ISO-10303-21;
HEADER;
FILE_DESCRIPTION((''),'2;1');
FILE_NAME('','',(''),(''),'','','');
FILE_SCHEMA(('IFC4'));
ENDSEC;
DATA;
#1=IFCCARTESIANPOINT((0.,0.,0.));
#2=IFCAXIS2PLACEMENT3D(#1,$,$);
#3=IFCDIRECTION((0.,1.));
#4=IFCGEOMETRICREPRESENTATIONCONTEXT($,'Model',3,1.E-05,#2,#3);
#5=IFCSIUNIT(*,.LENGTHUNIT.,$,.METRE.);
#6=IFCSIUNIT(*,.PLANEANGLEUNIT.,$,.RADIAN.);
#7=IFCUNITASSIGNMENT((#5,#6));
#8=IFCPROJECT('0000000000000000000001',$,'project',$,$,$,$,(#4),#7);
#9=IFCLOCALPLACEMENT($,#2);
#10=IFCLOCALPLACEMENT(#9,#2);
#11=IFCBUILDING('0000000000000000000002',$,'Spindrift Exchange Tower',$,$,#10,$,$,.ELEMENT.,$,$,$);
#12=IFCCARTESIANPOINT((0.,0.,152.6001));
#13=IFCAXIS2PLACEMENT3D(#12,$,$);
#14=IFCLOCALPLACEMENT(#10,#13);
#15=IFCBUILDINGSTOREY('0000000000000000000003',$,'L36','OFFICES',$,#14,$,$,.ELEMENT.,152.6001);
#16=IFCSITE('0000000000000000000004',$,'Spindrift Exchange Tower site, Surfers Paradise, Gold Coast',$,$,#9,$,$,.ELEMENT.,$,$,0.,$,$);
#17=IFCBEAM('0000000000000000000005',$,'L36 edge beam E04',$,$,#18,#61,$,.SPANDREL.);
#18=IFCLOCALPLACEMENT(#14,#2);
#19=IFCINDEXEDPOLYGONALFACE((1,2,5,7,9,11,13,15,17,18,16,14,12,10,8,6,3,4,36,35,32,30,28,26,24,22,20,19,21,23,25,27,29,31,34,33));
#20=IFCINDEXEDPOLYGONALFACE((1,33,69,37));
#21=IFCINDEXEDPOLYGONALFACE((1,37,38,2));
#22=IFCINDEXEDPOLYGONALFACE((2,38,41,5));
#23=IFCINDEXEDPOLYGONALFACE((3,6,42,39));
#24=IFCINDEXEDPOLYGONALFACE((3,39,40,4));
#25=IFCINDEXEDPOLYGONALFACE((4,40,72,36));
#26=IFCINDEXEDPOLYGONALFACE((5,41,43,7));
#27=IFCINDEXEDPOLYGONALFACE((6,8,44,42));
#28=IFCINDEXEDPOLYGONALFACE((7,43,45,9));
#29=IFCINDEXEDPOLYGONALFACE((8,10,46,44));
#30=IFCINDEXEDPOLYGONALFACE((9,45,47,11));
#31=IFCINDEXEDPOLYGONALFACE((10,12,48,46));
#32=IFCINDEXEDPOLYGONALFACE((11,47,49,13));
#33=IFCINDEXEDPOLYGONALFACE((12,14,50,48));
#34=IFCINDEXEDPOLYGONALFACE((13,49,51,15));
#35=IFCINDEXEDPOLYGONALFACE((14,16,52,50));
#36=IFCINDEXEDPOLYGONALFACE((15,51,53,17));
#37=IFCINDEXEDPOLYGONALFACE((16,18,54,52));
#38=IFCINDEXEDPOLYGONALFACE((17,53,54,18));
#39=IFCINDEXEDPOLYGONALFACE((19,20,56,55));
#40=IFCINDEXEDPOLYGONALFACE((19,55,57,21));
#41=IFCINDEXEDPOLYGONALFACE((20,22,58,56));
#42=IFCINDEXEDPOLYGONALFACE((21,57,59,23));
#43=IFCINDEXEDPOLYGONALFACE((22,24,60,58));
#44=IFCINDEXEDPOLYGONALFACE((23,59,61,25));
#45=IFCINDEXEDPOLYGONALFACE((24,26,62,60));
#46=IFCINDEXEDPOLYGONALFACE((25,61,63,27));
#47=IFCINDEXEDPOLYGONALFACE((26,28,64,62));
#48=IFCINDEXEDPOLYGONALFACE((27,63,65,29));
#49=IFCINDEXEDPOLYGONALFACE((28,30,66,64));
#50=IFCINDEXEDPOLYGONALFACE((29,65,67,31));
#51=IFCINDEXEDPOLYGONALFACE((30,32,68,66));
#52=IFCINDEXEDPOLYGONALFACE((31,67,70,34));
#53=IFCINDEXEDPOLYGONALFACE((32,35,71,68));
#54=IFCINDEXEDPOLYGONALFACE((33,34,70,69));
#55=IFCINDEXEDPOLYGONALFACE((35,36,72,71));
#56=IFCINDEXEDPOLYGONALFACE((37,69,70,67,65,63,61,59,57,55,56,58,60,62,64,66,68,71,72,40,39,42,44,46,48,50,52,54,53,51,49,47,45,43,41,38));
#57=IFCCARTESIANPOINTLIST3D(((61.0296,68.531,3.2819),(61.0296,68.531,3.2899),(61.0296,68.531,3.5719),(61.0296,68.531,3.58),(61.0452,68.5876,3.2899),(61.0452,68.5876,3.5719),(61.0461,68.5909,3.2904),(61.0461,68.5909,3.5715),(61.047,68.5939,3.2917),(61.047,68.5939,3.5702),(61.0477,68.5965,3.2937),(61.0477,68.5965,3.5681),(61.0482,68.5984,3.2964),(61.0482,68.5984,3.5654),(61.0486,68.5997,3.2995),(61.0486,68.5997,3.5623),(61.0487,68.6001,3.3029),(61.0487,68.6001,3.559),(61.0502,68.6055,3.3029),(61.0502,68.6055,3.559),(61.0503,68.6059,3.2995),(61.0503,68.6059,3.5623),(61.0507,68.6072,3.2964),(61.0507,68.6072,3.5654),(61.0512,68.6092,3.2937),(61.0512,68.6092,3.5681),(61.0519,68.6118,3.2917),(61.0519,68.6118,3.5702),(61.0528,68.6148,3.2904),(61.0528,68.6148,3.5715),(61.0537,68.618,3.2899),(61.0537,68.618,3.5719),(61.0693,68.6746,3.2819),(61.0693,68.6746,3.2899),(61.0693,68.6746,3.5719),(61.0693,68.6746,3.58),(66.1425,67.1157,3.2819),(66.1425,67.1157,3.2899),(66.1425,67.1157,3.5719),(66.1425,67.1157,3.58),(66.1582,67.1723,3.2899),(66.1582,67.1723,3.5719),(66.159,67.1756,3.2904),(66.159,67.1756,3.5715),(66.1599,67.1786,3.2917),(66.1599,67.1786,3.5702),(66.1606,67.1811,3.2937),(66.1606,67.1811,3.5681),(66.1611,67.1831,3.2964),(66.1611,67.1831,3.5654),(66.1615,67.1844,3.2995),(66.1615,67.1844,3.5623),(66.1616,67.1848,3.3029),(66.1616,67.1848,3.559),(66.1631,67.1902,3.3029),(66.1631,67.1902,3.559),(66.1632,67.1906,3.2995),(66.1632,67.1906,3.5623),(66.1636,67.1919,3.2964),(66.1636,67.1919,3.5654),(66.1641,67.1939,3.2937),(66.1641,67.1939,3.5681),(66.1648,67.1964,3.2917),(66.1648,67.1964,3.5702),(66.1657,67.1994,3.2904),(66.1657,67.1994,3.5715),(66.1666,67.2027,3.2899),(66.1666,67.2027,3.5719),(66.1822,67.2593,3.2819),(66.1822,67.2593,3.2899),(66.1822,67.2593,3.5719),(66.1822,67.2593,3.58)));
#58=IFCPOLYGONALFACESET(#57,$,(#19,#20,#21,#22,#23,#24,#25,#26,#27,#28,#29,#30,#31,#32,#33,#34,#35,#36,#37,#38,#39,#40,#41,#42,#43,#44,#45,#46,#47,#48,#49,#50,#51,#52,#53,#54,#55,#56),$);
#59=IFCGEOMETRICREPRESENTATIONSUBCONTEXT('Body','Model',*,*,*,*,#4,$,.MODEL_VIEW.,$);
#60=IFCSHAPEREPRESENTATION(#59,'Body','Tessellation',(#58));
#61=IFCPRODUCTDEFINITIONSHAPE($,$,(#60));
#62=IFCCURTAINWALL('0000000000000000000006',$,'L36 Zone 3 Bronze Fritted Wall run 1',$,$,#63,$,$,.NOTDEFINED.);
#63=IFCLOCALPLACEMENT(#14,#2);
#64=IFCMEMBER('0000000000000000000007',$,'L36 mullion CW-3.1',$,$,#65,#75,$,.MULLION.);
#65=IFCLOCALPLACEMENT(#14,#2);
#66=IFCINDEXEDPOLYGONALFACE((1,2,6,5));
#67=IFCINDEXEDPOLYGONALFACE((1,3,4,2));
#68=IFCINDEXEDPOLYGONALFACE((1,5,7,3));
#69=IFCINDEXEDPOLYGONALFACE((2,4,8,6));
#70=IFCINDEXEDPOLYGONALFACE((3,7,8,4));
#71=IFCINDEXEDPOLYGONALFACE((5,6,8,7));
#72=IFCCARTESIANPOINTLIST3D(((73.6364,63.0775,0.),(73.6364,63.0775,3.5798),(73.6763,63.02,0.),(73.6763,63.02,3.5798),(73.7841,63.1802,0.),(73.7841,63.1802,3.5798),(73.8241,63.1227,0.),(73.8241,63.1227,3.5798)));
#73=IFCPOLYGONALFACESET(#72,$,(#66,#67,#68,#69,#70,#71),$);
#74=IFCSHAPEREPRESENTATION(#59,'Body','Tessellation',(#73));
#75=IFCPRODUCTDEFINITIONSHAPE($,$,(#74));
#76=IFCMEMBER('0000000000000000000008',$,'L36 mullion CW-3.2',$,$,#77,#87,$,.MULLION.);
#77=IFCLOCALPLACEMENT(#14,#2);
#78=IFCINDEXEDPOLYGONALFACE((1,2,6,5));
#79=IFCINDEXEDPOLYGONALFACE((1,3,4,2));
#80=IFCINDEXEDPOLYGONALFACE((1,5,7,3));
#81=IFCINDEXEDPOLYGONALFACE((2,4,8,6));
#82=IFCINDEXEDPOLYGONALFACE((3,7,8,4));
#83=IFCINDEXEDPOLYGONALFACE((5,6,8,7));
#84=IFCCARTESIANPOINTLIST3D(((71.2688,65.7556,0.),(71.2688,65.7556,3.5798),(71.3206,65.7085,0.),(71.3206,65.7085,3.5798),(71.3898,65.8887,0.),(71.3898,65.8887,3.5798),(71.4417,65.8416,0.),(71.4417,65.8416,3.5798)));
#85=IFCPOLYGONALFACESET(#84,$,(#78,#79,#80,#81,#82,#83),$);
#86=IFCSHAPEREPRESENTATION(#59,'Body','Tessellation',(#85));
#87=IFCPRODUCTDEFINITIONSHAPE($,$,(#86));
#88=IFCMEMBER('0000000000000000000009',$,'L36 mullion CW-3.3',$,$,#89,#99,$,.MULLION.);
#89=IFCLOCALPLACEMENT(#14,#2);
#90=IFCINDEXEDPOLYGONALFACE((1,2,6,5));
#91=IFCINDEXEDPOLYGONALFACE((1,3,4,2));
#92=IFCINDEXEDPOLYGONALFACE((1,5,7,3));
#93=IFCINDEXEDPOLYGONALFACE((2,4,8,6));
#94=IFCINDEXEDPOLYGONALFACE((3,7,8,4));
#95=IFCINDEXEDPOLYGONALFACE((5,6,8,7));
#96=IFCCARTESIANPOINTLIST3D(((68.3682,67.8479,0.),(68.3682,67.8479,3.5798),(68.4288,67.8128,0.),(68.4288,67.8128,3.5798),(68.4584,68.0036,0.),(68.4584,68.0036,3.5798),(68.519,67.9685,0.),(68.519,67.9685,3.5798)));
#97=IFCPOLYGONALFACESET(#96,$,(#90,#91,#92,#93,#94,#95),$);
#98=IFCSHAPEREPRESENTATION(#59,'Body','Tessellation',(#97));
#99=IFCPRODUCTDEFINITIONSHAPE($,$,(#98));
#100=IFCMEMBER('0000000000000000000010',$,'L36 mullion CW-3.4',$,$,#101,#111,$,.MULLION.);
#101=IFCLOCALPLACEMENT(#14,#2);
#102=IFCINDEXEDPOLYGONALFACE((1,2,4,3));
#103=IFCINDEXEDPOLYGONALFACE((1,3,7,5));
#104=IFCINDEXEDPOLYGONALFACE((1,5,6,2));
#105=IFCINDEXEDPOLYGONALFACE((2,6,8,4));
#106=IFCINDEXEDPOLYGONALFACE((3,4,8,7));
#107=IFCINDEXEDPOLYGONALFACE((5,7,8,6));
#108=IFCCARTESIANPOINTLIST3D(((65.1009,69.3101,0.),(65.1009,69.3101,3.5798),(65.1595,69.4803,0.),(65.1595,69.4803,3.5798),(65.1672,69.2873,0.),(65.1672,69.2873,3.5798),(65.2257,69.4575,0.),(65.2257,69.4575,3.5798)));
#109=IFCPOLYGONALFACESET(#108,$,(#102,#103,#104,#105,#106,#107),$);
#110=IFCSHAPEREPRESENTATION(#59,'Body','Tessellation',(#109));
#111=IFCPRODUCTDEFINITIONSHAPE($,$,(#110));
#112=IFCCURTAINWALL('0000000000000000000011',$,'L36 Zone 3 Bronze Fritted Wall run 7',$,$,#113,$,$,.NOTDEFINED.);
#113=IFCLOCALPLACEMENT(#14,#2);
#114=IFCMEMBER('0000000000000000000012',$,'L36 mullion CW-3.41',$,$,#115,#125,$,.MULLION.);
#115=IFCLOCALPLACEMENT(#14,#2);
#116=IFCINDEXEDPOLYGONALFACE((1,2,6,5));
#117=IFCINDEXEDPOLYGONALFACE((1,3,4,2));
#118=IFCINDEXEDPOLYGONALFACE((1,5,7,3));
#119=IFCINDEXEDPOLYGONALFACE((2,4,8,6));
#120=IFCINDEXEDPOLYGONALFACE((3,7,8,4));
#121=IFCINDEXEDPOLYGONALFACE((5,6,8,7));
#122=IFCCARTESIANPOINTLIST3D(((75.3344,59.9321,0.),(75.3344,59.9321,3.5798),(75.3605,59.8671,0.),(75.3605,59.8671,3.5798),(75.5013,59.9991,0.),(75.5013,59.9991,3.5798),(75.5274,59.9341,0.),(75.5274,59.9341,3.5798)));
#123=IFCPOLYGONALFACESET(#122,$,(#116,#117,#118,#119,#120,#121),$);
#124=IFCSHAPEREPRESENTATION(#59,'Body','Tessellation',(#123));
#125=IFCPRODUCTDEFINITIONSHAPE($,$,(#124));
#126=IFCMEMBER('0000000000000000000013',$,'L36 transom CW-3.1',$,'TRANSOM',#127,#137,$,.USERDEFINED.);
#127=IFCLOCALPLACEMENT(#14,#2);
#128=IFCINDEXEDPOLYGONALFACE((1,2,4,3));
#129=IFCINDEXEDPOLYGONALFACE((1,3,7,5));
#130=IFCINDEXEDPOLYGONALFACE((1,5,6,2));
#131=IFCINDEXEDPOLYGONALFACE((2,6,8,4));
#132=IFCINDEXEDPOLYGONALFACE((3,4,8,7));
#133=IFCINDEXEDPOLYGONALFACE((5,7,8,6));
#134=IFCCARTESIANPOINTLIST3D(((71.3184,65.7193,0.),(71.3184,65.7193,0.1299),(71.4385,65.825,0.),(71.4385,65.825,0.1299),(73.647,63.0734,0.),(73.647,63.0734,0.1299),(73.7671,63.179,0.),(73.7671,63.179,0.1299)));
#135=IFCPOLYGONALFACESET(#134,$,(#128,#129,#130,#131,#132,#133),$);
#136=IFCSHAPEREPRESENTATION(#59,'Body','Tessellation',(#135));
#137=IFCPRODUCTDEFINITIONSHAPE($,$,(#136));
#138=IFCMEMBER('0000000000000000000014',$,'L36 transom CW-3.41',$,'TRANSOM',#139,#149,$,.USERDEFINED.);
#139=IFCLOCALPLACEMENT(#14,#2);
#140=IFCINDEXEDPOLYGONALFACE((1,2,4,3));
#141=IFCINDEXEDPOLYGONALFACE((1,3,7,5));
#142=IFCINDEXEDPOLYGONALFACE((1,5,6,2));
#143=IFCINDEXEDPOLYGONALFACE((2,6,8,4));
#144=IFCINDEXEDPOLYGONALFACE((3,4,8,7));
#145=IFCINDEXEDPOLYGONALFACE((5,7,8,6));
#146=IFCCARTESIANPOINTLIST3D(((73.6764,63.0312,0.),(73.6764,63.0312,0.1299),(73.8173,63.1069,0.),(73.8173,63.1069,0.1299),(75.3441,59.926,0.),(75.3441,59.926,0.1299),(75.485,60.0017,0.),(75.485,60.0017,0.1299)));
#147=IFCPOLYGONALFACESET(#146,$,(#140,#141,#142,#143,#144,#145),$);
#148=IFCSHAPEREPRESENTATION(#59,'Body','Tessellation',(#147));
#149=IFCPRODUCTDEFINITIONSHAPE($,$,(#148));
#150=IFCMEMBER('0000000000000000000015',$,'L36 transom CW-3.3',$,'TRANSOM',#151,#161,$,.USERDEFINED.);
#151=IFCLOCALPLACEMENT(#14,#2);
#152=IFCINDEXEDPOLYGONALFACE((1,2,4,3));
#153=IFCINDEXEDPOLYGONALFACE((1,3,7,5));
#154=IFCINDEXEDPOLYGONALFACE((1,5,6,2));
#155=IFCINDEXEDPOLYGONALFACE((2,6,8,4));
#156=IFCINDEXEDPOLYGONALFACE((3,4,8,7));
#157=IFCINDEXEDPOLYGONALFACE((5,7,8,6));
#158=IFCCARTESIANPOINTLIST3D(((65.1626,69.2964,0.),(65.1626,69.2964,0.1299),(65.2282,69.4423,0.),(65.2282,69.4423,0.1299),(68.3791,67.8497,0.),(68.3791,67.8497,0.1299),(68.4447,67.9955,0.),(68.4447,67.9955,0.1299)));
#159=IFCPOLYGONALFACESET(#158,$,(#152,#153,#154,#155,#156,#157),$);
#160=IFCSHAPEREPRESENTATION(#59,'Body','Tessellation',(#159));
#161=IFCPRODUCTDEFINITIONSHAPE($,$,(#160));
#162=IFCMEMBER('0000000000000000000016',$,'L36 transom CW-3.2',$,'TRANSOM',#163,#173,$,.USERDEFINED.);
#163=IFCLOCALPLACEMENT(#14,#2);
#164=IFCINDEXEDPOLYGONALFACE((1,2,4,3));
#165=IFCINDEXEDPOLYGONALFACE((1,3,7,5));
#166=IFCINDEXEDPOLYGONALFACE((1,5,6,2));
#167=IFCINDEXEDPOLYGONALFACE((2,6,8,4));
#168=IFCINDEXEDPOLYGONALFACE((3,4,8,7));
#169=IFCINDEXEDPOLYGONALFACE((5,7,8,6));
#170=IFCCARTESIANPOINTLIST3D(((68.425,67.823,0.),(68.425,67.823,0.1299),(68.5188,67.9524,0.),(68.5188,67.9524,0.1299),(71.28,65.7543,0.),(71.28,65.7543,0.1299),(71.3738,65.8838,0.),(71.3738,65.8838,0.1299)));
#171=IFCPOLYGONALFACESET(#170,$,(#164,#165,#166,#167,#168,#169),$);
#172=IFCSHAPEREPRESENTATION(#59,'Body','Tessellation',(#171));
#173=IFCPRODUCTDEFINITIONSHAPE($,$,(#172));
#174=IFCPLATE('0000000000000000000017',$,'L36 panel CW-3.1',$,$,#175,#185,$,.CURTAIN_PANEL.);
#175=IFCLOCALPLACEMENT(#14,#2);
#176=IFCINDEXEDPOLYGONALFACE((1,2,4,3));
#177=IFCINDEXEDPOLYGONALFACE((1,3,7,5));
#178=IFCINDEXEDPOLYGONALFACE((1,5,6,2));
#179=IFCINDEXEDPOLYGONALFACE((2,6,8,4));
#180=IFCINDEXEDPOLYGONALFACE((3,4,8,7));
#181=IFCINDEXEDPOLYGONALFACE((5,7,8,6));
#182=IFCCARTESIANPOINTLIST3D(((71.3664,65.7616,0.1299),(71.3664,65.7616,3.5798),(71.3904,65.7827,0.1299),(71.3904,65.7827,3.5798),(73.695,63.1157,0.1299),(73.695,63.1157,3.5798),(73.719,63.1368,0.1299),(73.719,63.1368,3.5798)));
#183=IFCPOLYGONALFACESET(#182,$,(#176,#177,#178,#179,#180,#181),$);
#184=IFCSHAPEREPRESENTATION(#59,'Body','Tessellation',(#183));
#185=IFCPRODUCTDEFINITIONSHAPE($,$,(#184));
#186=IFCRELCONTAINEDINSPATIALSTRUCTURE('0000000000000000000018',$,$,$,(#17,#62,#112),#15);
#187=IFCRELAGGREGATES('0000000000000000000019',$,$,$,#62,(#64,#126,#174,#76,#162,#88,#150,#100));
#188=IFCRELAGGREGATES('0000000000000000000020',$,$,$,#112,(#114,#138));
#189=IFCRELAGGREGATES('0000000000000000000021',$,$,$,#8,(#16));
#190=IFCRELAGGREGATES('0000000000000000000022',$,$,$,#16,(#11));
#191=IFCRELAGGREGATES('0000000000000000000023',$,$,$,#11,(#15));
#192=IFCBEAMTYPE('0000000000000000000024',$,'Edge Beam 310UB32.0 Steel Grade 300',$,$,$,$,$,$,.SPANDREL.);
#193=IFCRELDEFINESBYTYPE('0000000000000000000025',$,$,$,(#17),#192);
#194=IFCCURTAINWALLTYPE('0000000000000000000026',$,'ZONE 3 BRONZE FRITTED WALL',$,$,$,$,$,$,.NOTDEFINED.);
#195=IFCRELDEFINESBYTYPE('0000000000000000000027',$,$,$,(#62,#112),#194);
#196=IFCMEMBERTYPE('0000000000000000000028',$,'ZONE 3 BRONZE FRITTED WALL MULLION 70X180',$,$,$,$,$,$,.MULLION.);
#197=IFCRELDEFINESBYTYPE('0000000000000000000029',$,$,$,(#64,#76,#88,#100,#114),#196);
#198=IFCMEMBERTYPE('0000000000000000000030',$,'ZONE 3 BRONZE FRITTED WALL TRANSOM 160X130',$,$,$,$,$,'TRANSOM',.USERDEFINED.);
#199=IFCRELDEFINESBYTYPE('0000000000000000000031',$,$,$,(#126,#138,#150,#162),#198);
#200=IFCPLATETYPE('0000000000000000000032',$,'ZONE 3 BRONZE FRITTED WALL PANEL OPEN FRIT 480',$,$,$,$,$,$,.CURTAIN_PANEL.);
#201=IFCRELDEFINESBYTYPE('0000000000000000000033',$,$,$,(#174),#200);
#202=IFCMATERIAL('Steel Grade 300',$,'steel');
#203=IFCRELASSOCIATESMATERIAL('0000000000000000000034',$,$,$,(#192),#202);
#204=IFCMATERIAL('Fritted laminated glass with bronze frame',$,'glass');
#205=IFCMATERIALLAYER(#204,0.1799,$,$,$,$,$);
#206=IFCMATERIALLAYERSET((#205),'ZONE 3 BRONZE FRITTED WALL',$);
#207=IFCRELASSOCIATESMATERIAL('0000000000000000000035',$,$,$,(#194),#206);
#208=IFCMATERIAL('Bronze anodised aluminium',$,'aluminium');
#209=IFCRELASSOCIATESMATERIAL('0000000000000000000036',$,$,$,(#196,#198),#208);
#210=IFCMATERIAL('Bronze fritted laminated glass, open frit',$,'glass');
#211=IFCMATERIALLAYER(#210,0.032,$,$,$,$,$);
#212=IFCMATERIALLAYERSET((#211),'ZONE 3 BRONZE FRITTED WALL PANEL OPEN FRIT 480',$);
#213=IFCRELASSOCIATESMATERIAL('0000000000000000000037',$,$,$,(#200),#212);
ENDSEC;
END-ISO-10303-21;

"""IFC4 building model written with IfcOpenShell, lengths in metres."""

from ifc_helpers import new_model, si_unit, direction, frame, origin, origin_2d, place, context, subcontext, project, spatial, rectangle, i_section, extrude, source, transform, mapped, material, layer, layer_set, material_profile, profile_set, type_object, element, aggregate, save


model = new_model("IFC4")

# Units and contexts
model_context = context("Model", 3, precision=1e-05, world=origin(), true_north=direction((0.0, 1.0)))
body_context = subcontext(model_context, "Body", "Model", "MODEL_VIEW")
ifc_project = project(units=[si_unit("LENGTHUNIT", "METRE"), si_unit("PLANEANGLEUNIT", "RADIAN")], contexts=[model_context])

# Site, building, storey
site_placement = place(None, origin())
site = spatial("IfcSite", under=ifc_project, at=site_placement, Name="Spindrift Exchange Tower site, Surfers Paradise, Gold Coast", CompositionType="ELEMENT", RefElevation=0.0)
building_placement = place(site_placement, origin())
building = spatial("IfcBuilding", under=site, at=building_placement, Name="Spindrift Exchange Tower", CompositionType="ELEMENT")
storey_placement = place(building_placement, frame((0.0, 0.0, 152.6001)))
storey = spatial("IfcBuildingStorey", under=building, at=storey_placement, Name="L36", Description="OFFICES", CompositionType="ELEMENT", Elevation=152.6001)

# Beam
ifc_material_1 = material(Name="Steel Grade 300", Category="steel")
ifc_material_profile_1 = material_profile(ifc_material_1, i_section(OverallWidth=0.1489, OverallDepth=0.2981, WebThickness=0.0056, FlangeThickness=0.0081, FilletRadius=0.0129, at=origin_2d()), Name="310UB32.0")
ifc_profile_set_1 = profile_set([ifc_material_profile_1], Name="Steel Grade 300")
beam_type_1 = type_object("IfcBeamType", Name="Edge Beam 310UB32.0 Steel Grade 300", PredefinedType="SPANDREL", material=ifc_profile_set_1)
shared_shape_1 = source(origin(), body_context, "Body", "SweptSolid", [
    extrude(i_section(OverallWidth=0.1489, OverallDepth=0.2981, WebThickness=0.0056, FlangeThickness=0.0081, FilletRadius=0.0129, at=origin_2d()), origin(), (0.0, 0.0, 1.0), 5.3052),
])
beam_1_placement = place(storey_placement, frame((66.1624, 67.1875, 3.4309), z_axis=(-0.963758, 0.26678, 0.0), x_axis=(-0.26678, -0.963758, 0.0)))
element("IfcBeam", 1, at=beam_1_placement, inside=storey, type_object=beam_type_1, Name="L36 edge beam E04", PredefinedType="SPANDREL", context=body_context, shape_type="MappedRepresentation", body=[
    mapped(shared_shape_1, transform((0.0, 0.0, 0.0), scale=1.0)),
])

# Curtain wall, members
ifc_material_2 = material(Name="Fritted laminated glass with bronze frame", Category="glass")
ifc_layer_1 = layer(ifc_material_2, 0.1799)
ifc_layer_set_1 = layer_set([ifc_layer_1], Name="ZONE 3 BRONZE FRITTED WALL")
curtain_wall_type = type_object("IfcCurtainWallType", Name="ZONE 3 BRONZE FRITTED WALL", PredefinedType="NOTDEFINED", material=ifc_layer_set_1)
curtain_wall_1_placement = place(storey_placement, origin())
curtain_wall_1 = element("IfcCurtainWall", 2, at=curtain_wall_1_placement, inside=storey, type_object=curtain_wall_type, Name="L36 Zone 3 Bronze Fritted Wall run 1", PredefinedType="NOTDEFINED")
ifc_material_3 = material(Name="Bronze anodised aluminium", Category="aluminium")
ifc_material_profile_2 = material_profile(ifc_material_3, rectangle(XDim=0.0701, YDim=0.1799, at=origin_2d()), Name="ZONE 3 BRONZE FRITTED WALL MULLION 70X180")
ifc_profile_set_2 = profile_set([ifc_material_profile_2], Name="Bronze anodised aluminium")
member_type_1 = type_object("IfcMemberType", Name="ZONE 3 BRONZE FRITTED WALL MULLION 70X180", PredefinedType="MULLION", material=ifc_profile_set_2)
shared_shape_2 = source(origin(), body_context, "Body", "SweptSolid", [
    extrude(rectangle(XDim=0.0701, YDim=0.1799, at=origin_2d()), origin(), (0.0, 0.0, 1.0), 3.5798),
])
member_1_placement = place(storey_placement, frame((73.7302, 63.1001, 0.0), z_axis=(0.0, 0.0, 1.0), x_axis=(-0.570627, 0.821209, 0.0)))
member_1 = element("IfcMember", 3, at=member_1_placement, type_object=member_type_1, Name="L36 mullion CW-3.1", PredefinedType="MULLION", context=body_context, shape_type="MappedRepresentation", body=[
    mapped(shared_shape_2, transform((0.0, 0.0, 0.0), scale=1.0)),
])
member_2_placement = place(storey_placement, frame((71.3552, 65.7986, 0.0), z_axis=(0.0, 0.0, 1.0), x_axis=(-0.739764, 0.672867, 0.0)))
member_2 = element("IfcMember", 4, at=member_2_placement, type_object=member_type_1, Name="L36 mullion CW-3.2", PredefinedType="MULLION", context=body_context, shape_type="MappedRepresentation", body=[
    mapped(shared_shape_2, transform((0.0, 0.0, 0.0), scale=1.0)),
])
member_3_placement = place(storey_placement, frame((68.4436, 67.9082, 0.0), z_axis=(0.0, 0.0, 1.0), x_axis=(-0.865395, 0.501089, 0.0)))
member_3 = element("IfcMember", 5, at=member_3_placement, type_object=member_type_1, Name="L36 mullion CW-3.3", PredefinedType="MULLION", context=body_context, shape_type="MappedRepresentation", body=[
    mapped(shared_shape_2, transform((0.0, 0.0, 0.0), scale=1.0)),
])
member_4_placement = place(storey_placement, frame((65.1633, 69.3838, 0.0), z_axis=(0.0, 0.0, 1.0), x_axis=(-0.945555, 0.325464, 0.0)))
member_4 = element("IfcMember", 6, at=member_4_placement, type_object=member_type_1, Name="L36 mullion CW-3.4", PredefinedType="MULLION", context=body_context, shape_type="MappedRepresentation", body=[
    mapped(shared_shape_2, transform((0.0, 0.0, 0.0), scale=1.0)),
])

# Curtain wall, member
curtain_wall_2_placement = place(storey_placement, origin())
curtain_wall_2 = element("IfcCurtainWall", 7, at=curtain_wall_2_placement, inside=storey, type_object=curtain_wall_type, Name="L36 Zone 3 Bronze Fritted Wall run 7", PredefinedType="NOTDEFINED")
member_5_placement = place(storey_placement, frame((75.4309, 59.9331, 0.0), z_axis=(0.0, 0.0, 1.0), x_axis=(-0.372632, 0.927979, 0.0)))
member_5 = element("IfcMember", 8, at=member_5_placement, type_object=member_type_1, Name="L36 mullion CW-3.41", PredefinedType="MULLION", context=body_context, shape_type="MappedRepresentation", body=[
    mapped(shared_shape_2, transform((0.0, 0.0, 0.0), scale=1.0)),
])

# Members
ifc_material_profile_3 = material_profile(ifc_material_3, rectangle(XDim=0.1599, YDim=0.1299, at=origin_2d()), Name="ZONE 3 BRONZE FRITTED WALL TRANSOM 160X130")
ifc_profile_set_3 = profile_set([ifc_material_profile_3], Name="Bronze anodised aluminium")
member_type_2 = type_object("IfcMemberType", Name="ZONE 3 BRONZE FRITTED WALL TRANSOM 160X130", ElementType="TRANSOM", PredefinedType="USERDEFINED", material=ifc_profile_set_3)
shared_shape_3 = source(origin(), body_context, "Body", "SweptSolid", [
    extrude(rectangle(XDim=0.1599, YDim=0.1299, at=origin_2d()), origin(), (0.0, 0.0, 1.0), 3.5247),
])
member_6_placement = place(storey_placement, frame((73.707, 63.1262, 0.0649), z_axis=(-0.66065, 0.750694, 0.0), x_axis=(-0.750694, -0.66065, 0.0)))
member_6 = element("IfcMember", 9, at=member_6_placement, type_object=member_type_2, Name="L36 transom CW-3.1", ObjectType="TRANSOM", PredefinedType="USERDEFINED", context=body_context, shape_type="MappedRepresentation", body=[
    mapped(shared_shape_3, transform((0.0, 0.0, 0.0), scale=1.0)),
])
member_7_placement = place(storey_placement, frame((75.4146, 59.9639, 0.0649), z_axis=(-0.47315, 0.880982, 0.0), x_axis=(-0.880982, -0.47315, 0.0)))
member_7 = element("IfcMember", 10, at=member_7_placement, type_object=member_type_2, Name="L36 transom CW-3.41", ObjectType="TRANSOM", PredefinedType="USERDEFINED", context=body_context, shape_type="MappedRepresentation", body=[
    mapped(shared_shape_3, transform((0.0, 0.0, 0.0), scale=1.0)),
])
shared_shape_4 = source(origin(), body_context, "Body", "SweptSolid", [
    extrude(rectangle(XDim=0.1599, YDim=0.1299, at=origin_2d()), origin(), (0.0, 0.0, 1.0), 3.5269),
])
member_8_placement = place(storey_placement, frame((68.4119, 67.9226, 0.0649), z_axis=(-0.911993, 0.410206, 0.0), x_axis=(-0.410206, -0.911993, 0.0)))
member_8 = element("IfcMember", 11, at=member_8_placement, type_object=member_type_2, Name="L36 transom CW-3.3", ObjectType="TRANSOM", PredefinedType="USERDEFINED", context=body_context, shape_type="MappedRepresentation", body=[
    mapped(shared_shape_4, transform((0.0, 0.0, 0.0), scale=1.0)),
])
shared_shape_5 = source(origin(), body_context, "Body", "SweptSolid", [
    extrude(rectangle(XDim=0.1599, YDim=0.1299, at=origin_2d()), origin(), (0.0, 0.0, 1.0), 3.5256),
])
member_9_placement = place(storey_placement, frame((71.3269, 65.8191, 0.0649), z_axis=(-0.80978, 0.586734, 0.0), x_axis=(-0.586734, -0.80978, 0.0)))
member_9 = element("IfcMember", 12, at=member_9_placement, type_object=member_type_2, Name="L36 transom CW-3.2", ObjectType="TRANSOM", PredefinedType="USERDEFINED", context=body_context, shape_type="MappedRepresentation", body=[
    mapped(shared_shape_5, transform((0.0, 0.0, 0.0), scale=1.0)),
])

# Plate
ifc_material_4 = material(Name="Bronze fritted laminated glass, open frit", Category="glass")
ifc_layer_2 = layer(ifc_material_4, 0.032)
ifc_layer_set_2 = layer_set([ifc_layer_2], Name="ZONE 3 BRONZE FRITTED WALL PANEL OPEN FRIT 480")
plate_type_1 = type_object("IfcPlateType", Name="ZONE 3 BRONZE FRITTED WALL PANEL OPEN FRIT 480", PredefinedType="CURTAIN_PANEL", material=ifc_layer_set_2)
shared_shape_6 = source(origin(), body_context, "Body", "SweptSolid", [
    extrude(rectangle(XDim=3.5247, YDim=0.032, at=origin_2d()), origin(), (0.0, 0.0, 1.0), 3.45),
])
plate_1_placement = place(storey_placement, frame((72.5427, 64.4492, 0.1299), z_axis=(0.0, 0.0, 1.0), x_axis=(-0.660662, 0.750683, 0.0)))
plate_1 = element("IfcPlate", 13, at=plate_1_placement, type_object=plate_type_1, Name="L36 panel CW-3.1", PredefinedType="CURTAIN_PANEL", context=body_context, shape_type="MappedRepresentation", body=[
    mapped(shared_shape_6, transform((0.0, 0.0, 0.0), scale=1.0)),
])
aggregate(curtain_wall_1, [member_1, member_6, plate_1, member_2, member_9, member_3, member_8, member_4])
aggregate(curtain_wall_2, [member_5, member_7])

save(model, "model.ifc")
